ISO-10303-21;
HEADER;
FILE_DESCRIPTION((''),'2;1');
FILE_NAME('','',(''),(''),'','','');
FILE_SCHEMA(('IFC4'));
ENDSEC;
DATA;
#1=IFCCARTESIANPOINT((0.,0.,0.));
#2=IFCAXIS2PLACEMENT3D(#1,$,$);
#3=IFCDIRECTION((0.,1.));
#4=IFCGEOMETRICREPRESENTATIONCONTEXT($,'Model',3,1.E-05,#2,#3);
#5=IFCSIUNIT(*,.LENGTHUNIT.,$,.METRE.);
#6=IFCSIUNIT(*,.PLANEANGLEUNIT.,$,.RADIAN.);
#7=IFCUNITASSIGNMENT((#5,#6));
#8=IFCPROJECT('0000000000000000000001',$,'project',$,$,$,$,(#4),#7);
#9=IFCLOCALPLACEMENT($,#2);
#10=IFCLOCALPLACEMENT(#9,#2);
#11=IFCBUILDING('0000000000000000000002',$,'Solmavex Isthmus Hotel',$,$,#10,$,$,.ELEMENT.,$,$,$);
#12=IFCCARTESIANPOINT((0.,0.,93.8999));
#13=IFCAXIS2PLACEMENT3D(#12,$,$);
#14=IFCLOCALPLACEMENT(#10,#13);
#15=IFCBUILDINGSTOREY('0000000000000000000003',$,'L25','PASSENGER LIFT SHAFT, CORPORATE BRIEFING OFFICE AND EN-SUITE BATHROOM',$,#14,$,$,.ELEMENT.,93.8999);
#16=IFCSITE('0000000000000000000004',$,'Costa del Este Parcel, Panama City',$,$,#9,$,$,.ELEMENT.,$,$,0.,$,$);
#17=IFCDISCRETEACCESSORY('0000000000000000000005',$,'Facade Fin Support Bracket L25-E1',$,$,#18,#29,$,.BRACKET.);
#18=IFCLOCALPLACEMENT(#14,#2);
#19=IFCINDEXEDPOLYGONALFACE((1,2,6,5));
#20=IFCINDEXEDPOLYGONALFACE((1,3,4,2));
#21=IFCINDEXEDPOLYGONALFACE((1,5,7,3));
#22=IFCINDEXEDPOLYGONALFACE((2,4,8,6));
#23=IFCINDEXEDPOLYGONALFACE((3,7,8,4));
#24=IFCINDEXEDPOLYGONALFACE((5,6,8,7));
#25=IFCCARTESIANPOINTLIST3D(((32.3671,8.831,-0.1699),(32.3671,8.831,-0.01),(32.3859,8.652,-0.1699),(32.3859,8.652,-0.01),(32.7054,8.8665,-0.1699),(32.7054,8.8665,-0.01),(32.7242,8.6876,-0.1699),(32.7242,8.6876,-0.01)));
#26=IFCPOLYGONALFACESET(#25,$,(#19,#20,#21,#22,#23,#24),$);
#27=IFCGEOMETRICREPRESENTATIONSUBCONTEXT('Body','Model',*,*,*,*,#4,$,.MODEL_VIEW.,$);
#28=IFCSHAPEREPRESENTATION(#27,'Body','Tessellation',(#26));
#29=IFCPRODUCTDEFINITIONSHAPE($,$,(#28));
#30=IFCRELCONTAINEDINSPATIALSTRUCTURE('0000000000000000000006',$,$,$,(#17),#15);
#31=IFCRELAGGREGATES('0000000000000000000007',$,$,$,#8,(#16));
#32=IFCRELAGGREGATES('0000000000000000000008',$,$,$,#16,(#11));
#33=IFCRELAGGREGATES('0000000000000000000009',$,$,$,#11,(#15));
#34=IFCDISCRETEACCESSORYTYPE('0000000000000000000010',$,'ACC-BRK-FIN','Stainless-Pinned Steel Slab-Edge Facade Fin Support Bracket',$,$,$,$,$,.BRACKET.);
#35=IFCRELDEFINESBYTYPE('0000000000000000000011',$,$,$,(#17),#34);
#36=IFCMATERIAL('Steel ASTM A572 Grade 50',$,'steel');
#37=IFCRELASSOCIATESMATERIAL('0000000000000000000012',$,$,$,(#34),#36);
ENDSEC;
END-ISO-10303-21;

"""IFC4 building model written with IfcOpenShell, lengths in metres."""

from ifc_helpers import new_model, si_unit, direction, frame, origin, origin_2d, place, context, subcontext, project, spatial, rectangle, extrude, material, type_object, element, save


model = new_model("IFC4")

# Units and contexts
model_context = context("Model", 3, precision=1e-05, world=origin(), true_north=direction((0.0, 1.0)))
body_context = subcontext(model_context, "Body", "Model", "MODEL_VIEW")
ifc_project = project(units=[si_unit("LENGTHUNIT", "METRE"), si_unit("PLANEANGLEUNIT", "RADIAN")], contexts=[model_context])

# Site, building, storey
site_placement = place(None, origin())
site = spatial("IfcSite", under=ifc_project, at=site_placement, Name="Costa del Este Parcel, Panama City", CompositionType="ELEMENT", RefElevation=0.0)
building_placement = place(site_placement, origin())
building = spatial("IfcBuilding", under=site, at=building_placement, Name="Solmavex Isthmus Hotel", CompositionType="ELEMENT")
storey_placement = place(building_placement, frame((0.0, 0.0, 93.8999)))
storey = spatial("IfcBuildingStorey", under=building, at=storey_placement, Name="L25", Description="PASSENGER LIFT SHAFT, CORPORATE BRIEFING OFFICE AND EN-SUITE BATHROOM", CompositionType="ELEMENT", Elevation=93.8999)

# Discrete accessory
ifc_material_1 = material(Name="Steel ASTM A572 Grade 50", Category="steel")
discrete_accessory_type = type_object("IfcDiscreteAccessoryType", Name="ACC-BRK-FIN", Description="Stainless-Pinned Steel Slab-Edge Facade Fin Support Bracket", PredefinedType="BRACKET", material=ifc_material_1)
discrete_accessory_placement = place(storey_placement, frame((32.5457, 8.7593, -0.1699), z_axis=(0.0, 0.0, 1.0), x_axis=(0.994522, 0.104528, 0.0)))
element("IfcDiscreteAccessory", 1, at=discrete_accessory_placement, inside=storey, type_object=discrete_accessory_type, Name="Facade Fin Support Bracket L25-E1", PredefinedType="BRACKET", context=body_context, shape_type="SweptSolid", body=[
    extrude(rectangle(XDim=0.3401, YDim=0.1799, at=origin_2d()), origin(), (0.0, 0.0, 1.0), 0.1599),
])

save(model, "model.ifc")
